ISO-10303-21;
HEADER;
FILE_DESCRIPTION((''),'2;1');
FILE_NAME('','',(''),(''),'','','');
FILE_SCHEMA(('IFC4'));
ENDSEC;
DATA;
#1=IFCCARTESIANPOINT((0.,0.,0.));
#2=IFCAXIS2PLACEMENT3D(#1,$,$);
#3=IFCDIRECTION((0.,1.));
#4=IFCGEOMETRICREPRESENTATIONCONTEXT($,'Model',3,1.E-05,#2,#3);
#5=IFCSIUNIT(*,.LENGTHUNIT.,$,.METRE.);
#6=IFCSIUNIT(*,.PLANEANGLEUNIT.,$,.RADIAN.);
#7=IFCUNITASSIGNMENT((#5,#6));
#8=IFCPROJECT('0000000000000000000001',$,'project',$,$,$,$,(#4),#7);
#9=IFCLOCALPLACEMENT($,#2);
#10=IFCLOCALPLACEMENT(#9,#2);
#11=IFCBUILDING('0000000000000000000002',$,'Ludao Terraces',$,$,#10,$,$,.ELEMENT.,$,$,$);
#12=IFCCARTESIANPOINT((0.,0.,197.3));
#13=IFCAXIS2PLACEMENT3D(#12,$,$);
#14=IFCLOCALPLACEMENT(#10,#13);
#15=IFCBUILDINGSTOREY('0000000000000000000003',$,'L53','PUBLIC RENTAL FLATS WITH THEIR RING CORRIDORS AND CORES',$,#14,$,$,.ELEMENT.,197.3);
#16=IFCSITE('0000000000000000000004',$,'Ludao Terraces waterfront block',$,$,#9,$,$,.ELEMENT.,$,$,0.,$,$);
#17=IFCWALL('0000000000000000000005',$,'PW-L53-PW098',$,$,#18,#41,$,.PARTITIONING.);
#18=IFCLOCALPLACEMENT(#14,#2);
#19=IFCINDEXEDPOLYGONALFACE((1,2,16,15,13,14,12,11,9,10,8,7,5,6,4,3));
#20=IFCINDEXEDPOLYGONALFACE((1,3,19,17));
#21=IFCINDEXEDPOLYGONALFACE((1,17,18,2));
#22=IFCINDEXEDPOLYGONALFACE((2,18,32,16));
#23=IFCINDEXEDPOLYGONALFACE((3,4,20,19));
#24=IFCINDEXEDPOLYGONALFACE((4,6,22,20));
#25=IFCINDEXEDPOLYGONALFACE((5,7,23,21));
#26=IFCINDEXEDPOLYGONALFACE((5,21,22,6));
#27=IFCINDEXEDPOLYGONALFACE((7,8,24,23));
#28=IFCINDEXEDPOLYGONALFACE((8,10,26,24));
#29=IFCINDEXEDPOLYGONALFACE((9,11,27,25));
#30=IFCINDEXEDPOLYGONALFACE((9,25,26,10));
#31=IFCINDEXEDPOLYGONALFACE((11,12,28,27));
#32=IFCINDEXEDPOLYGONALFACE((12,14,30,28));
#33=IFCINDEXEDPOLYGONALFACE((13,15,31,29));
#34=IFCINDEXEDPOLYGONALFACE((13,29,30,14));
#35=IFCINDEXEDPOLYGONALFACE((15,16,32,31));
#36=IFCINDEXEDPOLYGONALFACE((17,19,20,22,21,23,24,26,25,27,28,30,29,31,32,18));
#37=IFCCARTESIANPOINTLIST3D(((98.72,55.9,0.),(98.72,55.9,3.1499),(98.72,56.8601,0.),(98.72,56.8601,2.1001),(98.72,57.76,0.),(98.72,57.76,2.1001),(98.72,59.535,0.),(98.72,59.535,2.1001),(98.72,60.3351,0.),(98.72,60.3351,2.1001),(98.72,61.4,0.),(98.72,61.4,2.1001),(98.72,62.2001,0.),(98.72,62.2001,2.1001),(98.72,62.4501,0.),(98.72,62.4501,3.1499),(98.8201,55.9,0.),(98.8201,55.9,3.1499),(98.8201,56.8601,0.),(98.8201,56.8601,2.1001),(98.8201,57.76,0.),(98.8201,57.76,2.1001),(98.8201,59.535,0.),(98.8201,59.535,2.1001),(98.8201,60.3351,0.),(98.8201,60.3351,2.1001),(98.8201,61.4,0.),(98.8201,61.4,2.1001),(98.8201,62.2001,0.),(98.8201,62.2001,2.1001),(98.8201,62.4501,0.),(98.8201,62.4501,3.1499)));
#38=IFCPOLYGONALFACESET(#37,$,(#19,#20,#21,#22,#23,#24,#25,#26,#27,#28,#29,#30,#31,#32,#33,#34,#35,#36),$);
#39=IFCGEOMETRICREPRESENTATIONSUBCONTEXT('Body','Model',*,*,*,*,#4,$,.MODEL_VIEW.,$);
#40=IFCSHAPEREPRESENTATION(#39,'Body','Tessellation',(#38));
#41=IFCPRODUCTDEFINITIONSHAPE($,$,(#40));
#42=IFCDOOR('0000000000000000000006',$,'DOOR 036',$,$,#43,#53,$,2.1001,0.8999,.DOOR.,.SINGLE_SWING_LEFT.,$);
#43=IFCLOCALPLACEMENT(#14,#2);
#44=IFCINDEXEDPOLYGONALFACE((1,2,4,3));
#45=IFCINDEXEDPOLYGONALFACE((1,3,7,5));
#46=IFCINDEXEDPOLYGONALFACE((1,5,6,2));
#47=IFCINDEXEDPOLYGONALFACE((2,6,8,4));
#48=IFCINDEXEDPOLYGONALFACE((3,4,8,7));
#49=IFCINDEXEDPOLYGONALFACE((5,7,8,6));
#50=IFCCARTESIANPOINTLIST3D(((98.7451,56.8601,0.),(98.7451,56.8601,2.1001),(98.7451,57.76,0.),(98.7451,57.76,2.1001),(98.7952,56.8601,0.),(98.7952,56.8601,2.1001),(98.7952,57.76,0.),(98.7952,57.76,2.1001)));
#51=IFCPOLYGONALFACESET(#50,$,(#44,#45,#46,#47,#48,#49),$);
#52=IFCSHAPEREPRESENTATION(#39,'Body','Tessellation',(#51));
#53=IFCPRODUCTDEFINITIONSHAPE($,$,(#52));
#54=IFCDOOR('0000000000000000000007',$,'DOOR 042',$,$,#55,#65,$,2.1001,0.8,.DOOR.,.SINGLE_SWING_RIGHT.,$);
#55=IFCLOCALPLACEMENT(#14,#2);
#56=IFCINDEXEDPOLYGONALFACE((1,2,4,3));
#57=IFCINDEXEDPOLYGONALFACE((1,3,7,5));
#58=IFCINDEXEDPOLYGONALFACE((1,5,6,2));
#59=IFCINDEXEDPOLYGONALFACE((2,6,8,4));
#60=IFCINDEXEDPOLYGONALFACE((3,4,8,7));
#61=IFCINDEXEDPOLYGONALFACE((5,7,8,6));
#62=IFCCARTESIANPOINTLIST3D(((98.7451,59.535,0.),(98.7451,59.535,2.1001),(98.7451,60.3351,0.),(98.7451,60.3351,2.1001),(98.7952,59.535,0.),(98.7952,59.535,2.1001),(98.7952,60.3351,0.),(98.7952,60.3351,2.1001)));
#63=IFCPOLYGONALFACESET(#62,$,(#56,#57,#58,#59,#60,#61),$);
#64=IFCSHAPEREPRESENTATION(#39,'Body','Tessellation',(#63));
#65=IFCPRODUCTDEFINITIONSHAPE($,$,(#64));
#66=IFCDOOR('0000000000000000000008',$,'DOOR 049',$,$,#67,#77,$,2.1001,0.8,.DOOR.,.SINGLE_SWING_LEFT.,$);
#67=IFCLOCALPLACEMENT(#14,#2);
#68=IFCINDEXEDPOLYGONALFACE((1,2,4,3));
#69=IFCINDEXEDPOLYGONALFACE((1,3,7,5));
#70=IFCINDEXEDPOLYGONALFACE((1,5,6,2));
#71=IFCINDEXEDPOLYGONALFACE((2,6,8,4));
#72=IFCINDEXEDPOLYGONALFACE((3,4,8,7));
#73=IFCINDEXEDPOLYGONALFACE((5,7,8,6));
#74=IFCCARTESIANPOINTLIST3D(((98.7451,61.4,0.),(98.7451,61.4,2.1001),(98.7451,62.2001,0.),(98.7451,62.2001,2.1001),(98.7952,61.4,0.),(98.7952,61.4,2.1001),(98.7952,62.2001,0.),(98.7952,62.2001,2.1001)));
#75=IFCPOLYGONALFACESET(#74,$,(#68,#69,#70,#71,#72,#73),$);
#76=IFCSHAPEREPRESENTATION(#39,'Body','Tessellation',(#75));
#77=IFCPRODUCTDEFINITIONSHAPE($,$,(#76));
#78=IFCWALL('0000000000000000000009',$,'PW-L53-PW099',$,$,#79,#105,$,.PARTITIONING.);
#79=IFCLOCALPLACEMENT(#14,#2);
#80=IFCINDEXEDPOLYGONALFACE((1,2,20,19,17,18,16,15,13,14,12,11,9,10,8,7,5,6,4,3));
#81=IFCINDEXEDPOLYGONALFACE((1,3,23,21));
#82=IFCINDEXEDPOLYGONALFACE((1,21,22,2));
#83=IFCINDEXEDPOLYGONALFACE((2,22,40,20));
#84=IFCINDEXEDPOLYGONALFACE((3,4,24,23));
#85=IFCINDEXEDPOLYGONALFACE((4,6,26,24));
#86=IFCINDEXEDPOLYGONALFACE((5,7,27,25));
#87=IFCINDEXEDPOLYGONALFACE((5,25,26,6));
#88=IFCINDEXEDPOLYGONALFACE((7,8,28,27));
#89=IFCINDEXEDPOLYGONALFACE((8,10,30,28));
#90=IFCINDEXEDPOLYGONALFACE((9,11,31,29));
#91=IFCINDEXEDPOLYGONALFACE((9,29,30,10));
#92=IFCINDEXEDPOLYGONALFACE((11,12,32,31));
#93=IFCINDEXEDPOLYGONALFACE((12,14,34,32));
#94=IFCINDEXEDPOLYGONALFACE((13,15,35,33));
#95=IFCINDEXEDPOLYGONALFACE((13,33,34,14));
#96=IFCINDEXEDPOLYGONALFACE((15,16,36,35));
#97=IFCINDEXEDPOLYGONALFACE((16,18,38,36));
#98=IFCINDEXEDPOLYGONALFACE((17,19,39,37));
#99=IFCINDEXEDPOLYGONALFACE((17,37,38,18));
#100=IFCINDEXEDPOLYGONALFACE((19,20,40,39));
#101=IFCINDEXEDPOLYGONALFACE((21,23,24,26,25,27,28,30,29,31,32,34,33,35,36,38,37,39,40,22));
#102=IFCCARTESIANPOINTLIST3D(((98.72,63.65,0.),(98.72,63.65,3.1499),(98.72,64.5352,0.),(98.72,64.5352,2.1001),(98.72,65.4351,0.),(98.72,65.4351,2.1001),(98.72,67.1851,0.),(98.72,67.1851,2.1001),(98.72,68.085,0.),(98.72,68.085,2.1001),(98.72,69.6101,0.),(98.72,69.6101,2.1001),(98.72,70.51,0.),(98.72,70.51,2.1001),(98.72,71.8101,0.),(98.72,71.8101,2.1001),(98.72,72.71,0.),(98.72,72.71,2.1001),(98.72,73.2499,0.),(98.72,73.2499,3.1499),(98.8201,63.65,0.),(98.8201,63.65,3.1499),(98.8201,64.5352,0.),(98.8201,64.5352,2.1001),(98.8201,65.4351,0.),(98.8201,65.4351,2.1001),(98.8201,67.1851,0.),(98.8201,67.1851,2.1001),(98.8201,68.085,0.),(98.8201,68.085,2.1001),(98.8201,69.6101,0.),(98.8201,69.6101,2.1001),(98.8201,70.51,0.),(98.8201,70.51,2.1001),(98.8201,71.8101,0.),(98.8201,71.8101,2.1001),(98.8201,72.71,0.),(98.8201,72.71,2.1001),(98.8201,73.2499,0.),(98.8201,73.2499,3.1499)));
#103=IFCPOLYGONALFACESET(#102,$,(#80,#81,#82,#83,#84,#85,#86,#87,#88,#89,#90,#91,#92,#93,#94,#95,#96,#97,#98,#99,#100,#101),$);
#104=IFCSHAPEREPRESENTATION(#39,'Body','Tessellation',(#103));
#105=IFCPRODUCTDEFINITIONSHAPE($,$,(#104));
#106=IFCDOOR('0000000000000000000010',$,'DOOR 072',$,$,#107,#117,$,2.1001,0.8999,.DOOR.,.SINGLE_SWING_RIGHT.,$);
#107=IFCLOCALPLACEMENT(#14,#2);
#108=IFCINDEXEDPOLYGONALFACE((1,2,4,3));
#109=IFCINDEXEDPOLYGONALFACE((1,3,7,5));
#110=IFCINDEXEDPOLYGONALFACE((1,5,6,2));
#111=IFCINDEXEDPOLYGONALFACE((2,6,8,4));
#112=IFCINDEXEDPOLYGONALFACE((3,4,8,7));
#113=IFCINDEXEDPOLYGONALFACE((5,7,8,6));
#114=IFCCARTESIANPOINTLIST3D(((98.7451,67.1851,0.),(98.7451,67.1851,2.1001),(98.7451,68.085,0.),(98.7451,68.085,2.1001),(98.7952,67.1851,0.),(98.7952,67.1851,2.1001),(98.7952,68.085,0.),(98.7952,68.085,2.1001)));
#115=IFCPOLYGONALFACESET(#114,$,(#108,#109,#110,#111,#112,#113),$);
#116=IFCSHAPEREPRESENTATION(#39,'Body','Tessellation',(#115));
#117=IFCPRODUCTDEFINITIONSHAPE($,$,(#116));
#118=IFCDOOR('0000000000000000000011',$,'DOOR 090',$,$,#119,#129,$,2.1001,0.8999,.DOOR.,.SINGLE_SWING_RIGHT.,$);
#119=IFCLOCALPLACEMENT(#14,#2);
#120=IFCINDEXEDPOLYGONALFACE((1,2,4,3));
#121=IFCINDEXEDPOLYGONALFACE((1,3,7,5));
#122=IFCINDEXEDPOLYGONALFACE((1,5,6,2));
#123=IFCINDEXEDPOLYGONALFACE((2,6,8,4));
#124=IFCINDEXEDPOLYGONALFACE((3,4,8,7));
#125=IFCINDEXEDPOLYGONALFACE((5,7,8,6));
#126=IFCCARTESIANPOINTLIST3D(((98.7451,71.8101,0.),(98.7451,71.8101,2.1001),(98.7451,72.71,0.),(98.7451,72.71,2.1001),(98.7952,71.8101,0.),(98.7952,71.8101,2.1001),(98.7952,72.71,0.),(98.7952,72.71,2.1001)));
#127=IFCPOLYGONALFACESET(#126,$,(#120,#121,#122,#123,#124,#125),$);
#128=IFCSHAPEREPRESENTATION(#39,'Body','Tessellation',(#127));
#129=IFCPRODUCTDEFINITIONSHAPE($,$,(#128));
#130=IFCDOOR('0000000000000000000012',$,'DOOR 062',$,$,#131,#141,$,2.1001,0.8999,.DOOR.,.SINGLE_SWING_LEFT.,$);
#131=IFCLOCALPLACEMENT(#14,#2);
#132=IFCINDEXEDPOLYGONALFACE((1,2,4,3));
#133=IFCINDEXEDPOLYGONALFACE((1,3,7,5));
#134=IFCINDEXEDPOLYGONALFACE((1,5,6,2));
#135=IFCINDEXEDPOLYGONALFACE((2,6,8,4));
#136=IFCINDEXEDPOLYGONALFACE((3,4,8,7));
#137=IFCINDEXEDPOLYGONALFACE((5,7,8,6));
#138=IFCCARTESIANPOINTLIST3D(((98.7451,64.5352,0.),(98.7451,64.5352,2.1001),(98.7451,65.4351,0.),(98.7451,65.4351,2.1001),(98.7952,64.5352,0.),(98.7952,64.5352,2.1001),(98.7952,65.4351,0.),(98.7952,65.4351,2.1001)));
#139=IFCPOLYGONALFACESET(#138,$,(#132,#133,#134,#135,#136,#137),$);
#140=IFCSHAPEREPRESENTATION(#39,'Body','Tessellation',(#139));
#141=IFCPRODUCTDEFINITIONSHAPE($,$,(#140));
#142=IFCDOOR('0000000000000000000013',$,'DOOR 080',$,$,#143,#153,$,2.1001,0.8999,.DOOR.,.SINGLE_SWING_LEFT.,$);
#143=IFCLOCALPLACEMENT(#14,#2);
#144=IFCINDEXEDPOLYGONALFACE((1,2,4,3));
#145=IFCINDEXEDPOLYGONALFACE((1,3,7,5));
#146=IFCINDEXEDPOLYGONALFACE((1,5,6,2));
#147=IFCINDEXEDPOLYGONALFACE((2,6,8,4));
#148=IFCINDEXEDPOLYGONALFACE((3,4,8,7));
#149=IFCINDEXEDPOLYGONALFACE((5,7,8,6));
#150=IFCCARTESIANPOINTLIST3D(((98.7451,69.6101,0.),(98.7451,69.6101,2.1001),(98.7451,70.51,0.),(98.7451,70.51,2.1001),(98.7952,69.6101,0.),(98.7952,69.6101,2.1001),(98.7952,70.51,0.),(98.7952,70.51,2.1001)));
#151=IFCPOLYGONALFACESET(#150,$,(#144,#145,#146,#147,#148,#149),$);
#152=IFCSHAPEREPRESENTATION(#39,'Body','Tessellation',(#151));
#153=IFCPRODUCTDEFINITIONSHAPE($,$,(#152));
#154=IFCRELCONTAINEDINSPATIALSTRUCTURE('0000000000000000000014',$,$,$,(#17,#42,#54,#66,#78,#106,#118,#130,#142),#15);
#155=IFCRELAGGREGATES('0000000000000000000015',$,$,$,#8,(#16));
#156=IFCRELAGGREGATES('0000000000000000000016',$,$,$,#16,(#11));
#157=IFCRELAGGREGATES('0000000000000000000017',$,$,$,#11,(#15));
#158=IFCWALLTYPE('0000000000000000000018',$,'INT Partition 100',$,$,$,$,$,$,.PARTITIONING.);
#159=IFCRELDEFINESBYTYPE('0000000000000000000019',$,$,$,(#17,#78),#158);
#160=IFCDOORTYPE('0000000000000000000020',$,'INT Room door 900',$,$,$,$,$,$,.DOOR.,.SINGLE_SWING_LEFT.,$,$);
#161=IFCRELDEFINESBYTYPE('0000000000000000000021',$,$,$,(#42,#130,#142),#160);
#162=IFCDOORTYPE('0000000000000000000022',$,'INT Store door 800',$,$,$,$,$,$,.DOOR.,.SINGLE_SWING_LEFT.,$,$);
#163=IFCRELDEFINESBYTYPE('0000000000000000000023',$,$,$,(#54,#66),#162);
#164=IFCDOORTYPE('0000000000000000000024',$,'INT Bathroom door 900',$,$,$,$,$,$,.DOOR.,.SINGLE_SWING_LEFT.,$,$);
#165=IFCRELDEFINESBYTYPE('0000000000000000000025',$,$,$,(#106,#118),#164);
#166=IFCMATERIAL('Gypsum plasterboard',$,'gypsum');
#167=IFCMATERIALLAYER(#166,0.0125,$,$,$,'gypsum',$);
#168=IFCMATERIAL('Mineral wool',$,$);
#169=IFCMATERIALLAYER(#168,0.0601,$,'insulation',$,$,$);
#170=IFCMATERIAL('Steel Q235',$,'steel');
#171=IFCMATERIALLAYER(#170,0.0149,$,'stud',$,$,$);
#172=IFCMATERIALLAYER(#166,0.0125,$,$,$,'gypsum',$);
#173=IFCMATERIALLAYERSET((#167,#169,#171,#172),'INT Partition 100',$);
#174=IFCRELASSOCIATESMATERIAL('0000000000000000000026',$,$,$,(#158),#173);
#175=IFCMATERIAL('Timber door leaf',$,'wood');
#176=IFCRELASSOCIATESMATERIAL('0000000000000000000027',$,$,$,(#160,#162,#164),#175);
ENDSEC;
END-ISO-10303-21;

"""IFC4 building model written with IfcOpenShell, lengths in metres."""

from ifc_helpers import new_model, si_unit, direction, frame, frame_2d, origin, place, context, subcontext, project, spatial, rectangle, extrude, material, layer, layer_set, type_object, element, fill, save


model = new_model("IFC4")

# Units and contexts
model_context = context("Model", 3, precision=1e-05, world=origin(), true_north=direction((0.0, 1.0)))
body_context = subcontext(model_context, "Body", "Model", "MODEL_VIEW")
ifc_project = project(units=[si_unit("LENGTHUNIT", "METRE"), si_unit("PLANEANGLEUNIT", "RADIAN")], contexts=[model_context])

# Site, building, storey
site_placement = place(None, origin())
site = spatial("IfcSite", under=ifc_project, at=site_placement, Name="Ludao Terraces waterfront block", CompositionType="ELEMENT", RefElevation=0.0)
building_placement = place(site_placement, origin())
building = spatial("IfcBuilding", under=site, at=building_placement, Name="Ludao Terraces", CompositionType="ELEMENT")
storey_placement = place(building_placement, frame((0.0, 0.0, 197.3)))
storey = spatial("IfcBuildingStorey", under=building, at=storey_placement, Name="L53", Description="PUBLIC RENTAL FLATS WITH THEIR RING CORRIDORS AND CORES", CompositionType="ELEMENT", Elevation=197.3)

# Shared definitions
ifc_material_1 = material(Name="Mineral wool")

# Shared definitions
ifc_material_2 = material(Name="Gypsum plasterboard", Category="gypsum")
ifc_layer_1 = layer(ifc_material_2, 0.0125, Category="gypsum")
ifc_layer_2 = layer(ifc_material_1, 0.0601, Name="insulation")
ifc_material_3 = material(Name="Steel Q235", Category="steel")
ifc_layer_3 = layer(ifc_material_3, 0.0149, Name="stud")
ifc_layer_4 = layer(ifc_material_2, 0.0125, Category="gypsum")
ifc_layer_set_1 = layer_set([ifc_layer_1, ifc_layer_2, ifc_layer_3, ifc_layer_4], Name="INT Partition 100")
wall_type_1 = type_object("IfcWallType", Name="INT Partition 100", PredefinedType="PARTITIONING", material=ifc_layer_set_1)

# Walls, openings, doors
wall_1_placement = place(storey_placement, frame((98.77, 55.9001, 0.0), z_axis=(0.0, 0.0, 1.0), x_axis=(0.0, 1.0, 0.0)))
wall_1 = element("IfcWall", 1, at=wall_1_placement, inside=storey, type_object=wall_type_1, Name="PW-L53-PW098", PredefinedType="PARTITIONING", context=body_context, shape_type="SweptSolid", body=[
    extrude(rectangle(XDim=6.55, YDim=0.1001, at=frame_2d((3.2749, 0.0))), origin(), (0.0, 0.0, 1.0), 3.1499),
])
opening_1_placement = place(wall_1_placement, frame((0.96, 0.0, 0.0)))
opening_1 = element("IfcOpeningElement", 2, at=opening_1_placement, cuts=wall_1, PredefinedType="OPENING", context=body_context, shape_type="SweptSolid", body=[
    extrude(rectangle(XDim=0.8999, YDim=2.1001, at=frame_2d((0.45, 1.05))), frame((0.0, 0.0601, 0.0), z_axis=(0.0, -1.0, 0.0), x_axis=(1.0, 0.0, 0.0)), (0.0, 0.0, 1.0), 0.1201),
])
opening_2_placement = place(wall_1_placement, frame((3.635, 0.0, 0.0)))
opening_2 = element("IfcOpeningElement", 3, at=opening_2_placement, cuts=wall_1, PredefinedType="OPENING", context=body_context, shape_type="SweptSolid", body=[
    extrude(rectangle(XDim=0.8, YDim=2.1001, at=frame_2d((0.3999, 1.05))), frame((0.0, 0.0601, 0.0), z_axis=(0.0, -1.0, 0.0), x_axis=(1.0, 0.0, 0.0)), (0.0, 0.0, 1.0), 0.1201),
])
opening_3_placement = place(wall_1_placement, frame((5.5, 0.0, 0.0)))
opening_3 = element("IfcOpeningElement", 4, at=opening_3_placement, cuts=wall_1, PredefinedType="OPENING", context=body_context, shape_type="SweptSolid", body=[
    extrude(rectangle(XDim=0.8, YDim=2.1001, at=frame_2d((0.3999, 1.05))), frame((0.0, 0.0601, 0.0), z_axis=(0.0, -1.0, 0.0), x_axis=(1.0, 0.0, 0.0)), (0.0, 0.0, 1.0), 0.1201),
])
ifc_material_4 = material(Name="Timber door leaf", Category="wood")
door_type_1 = type_object("IfcDoorType", Name="INT Room door 900", OperationType="SINGLE_SWING_LEFT", PredefinedType="DOOR", material=ifc_material_4)
door_1_placement = place(opening_1_placement, origin())
door_1 = element("IfcDoor", 5, at=door_1_placement, inside=storey, type_object=door_type_1, Name="DOOR 036", OperationType="SINGLE_SWING_LEFT", OverallHeight=2.1001, OverallWidth=0.8999, PredefinedType="DOOR", context=body_context, shape_type="SweptSolid", body=[
    extrude(rectangle(XDim=0.8999, YDim=2.1001, at=frame_2d((0.45, 1.05))), frame((0.0, 0.0249, 0.0), z_axis=(0.0, -1.0, 0.0), x_axis=(1.0, 0.0, 0.0)), (0.0, 0.0, 1.0), 0.05),
])
fill(opening_1, door_1)
door_type_2 = type_object("IfcDoorType", Name="INT Store door 800", OperationType="SINGLE_SWING_LEFT", PredefinedType="DOOR", material=ifc_material_4)
door_2_placement = place(opening_2_placement, origin())
door_2 = element("IfcDoor", 6, at=door_2_placement, inside=storey, type_object=door_type_2, Name="DOOR 042", OperationType="SINGLE_SWING_RIGHT", OverallHeight=2.1001, OverallWidth=0.8, PredefinedType="DOOR", context=body_context, shape_type="SweptSolid", body=[
    extrude(rectangle(XDim=0.8, YDim=2.1001, at=frame_2d((0.3999, 1.05))), frame((0.0, 0.0249, 0.0), z_axis=(0.0, -1.0, 0.0), x_axis=(1.0, 0.0, 0.0)), (0.0, 0.0, 1.0), 0.05),
])
fill(opening_2, door_2)
door_3_placement = place(opening_3_placement, origin())
door_3 = element("IfcDoor", 7, at=door_3_placement, inside=storey, type_object=door_type_2, Name="DOOR 049", OperationType="SINGLE_SWING_LEFT", OverallHeight=2.1001, OverallWidth=0.8, PredefinedType="DOOR", context=body_context, shape_type="SweptSolid", body=[
    extrude(rectangle(XDim=0.8, YDim=2.1001, at=frame_2d((0.3999, 1.05))), frame((0.0, 0.0249, 0.0), z_axis=(0.0, -1.0, 0.0), x_axis=(1.0, 0.0, 0.0)), (0.0, 0.0, 1.0), 0.05),
])
fill(opening_3, door_3)
wall_2_placement = place(storey_placement, frame((98.77, 63.6501, 0.0), z_axis=(0.0, 0.0, 1.0), x_axis=(0.0, 1.0, 0.0)))
wall_2 = element("IfcWall", 8, at=wall_2_placement, inside=storey, type_object=wall_type_1, Name="PW-L53-PW099", PredefinedType="PARTITIONING", context=body_context, shape_type="SweptSolid", body=[
    extrude(rectangle(XDim=9.5999, YDim=0.1001, at=frame_2d((4.7998, 0.0))), origin(), (0.0, 0.0, 1.0), 3.1499),
])
opening_4_placement = place(wall_2_placement, frame((0.885, 0.0, 0.0)))
opening_4 = element("IfcOpeningElement", 9, at=opening_4_placement, cuts=wall_2, PredefinedType="OPENING", context=body_context, shape_type="SweptSolid", body=[
    extrude(rectangle(XDim=0.8999, YDim=2.1001, at=frame_2d((0.45, 1.05))), frame((0.0, 0.0601, 0.0), z_axis=(0.0, -1.0, 0.0), x_axis=(1.0, 0.0, 0.0)), (0.0, 0.0, 1.0), 0.1201),
])
opening_5_placement = place(wall_2_placement, frame((3.5349, 0.0, 0.0)))
opening_5 = element("IfcOpeningElement", 10, at=opening_5_placement, cuts=wall_2, PredefinedType="OPENING", context=body_context, shape_type="SweptSolid", body=[
    extrude(rectangle(XDim=0.8999, YDim=2.1001, at=frame_2d((0.45, 1.05))), frame((0.0, 0.0601, 0.0), z_axis=(0.0, -1.0, 0.0), x_axis=(1.0, 0.0, 0.0)), (0.0, 0.0, 1.0), 0.1201),
])
opening_6_placement = place(wall_2_placement, frame((5.96, 0.0, 0.0)))
opening_6 = element("IfcOpeningElement", 11, at=opening_6_placement, cuts=wall_2, PredefinedType="OPENING", context=body_context, shape_type="SweptSolid", body=[
    extrude(rectangle(XDim=0.8999, YDim=2.1001, at=frame_2d((0.45, 1.05))), frame((0.0, 0.0601, 0.0), z_axis=(0.0, -1.0, 0.0), x_axis=(1.0, 0.0, 0.0)), (0.0, 0.0, 1.0), 0.1201),
])
opening_7_placement = place(wall_2_placement, frame((8.1599, 0.0, 0.0)))
opening_7 = element("IfcOpeningElement", 12, at=opening_7_placement, cuts=wall_2, PredefinedType="OPENING", context=body_context, shape_type="SweptSolid", body=[
    extrude(rectangle(XDim=0.8999, YDim=2.1001, at=frame_2d((0.45, 1.05))), frame((0.0, 0.0601, 0.0), z_axis=(0.0, -1.0, 0.0), x_axis=(1.0, 0.0, 0.0)), (0.0, 0.0, 1.0), 0.1201),
])
door_type_3 = type_object("IfcDoorType", Name="INT Bathroom door 900", OperationType="SINGLE_SWING_LEFT", PredefinedType="DOOR", material=ifc_material_4)
door_4_placement = place(opening_5_placement, origin())
door_4 = element("IfcDoor", 13, at=door_4_placement, inside=storey, type_object=door_type_3, Name="DOOR 072", OperationType="SINGLE_SWING_RIGHT", OverallHeight=2.1001, OverallWidth=0.8999, PredefinedType="DOOR", context=body_context, shape_type="SweptSolid", body=[
    extrude(rectangle(XDim=0.8999, YDim=2.1001, at=frame_2d((0.45, 1.05))), frame((0.0, 0.0249, 0.0), z_axis=(0.0, -1.0, 0.0), x_axis=(1.0, 0.0, 0.0)), (0.0, 0.0, 1.0), 0.05),
])
fill(opening_5, door_4)
door_5_placement = place(opening_7_placement, origin())
door_5 = element("IfcDoor", 14, at=door_5_placement, inside=storey, type_object=door_type_3, Name="DOOR 090", OperationType="SINGLE_SWING_RIGHT", OverallHeight=2.1001, OverallWidth=0.8999, PredefinedType="DOOR", context=body_context, shape_type="SweptSolid", body=[
    extrude(rectangle(XDim=0.8999, YDim=2.1001, at=frame_2d((0.45, 1.05))), frame((0.0, 0.0249, 0.0), z_axis=(0.0, -1.0, 0.0), x_axis=(1.0, 0.0, 0.0)), (0.0, 0.0, 1.0), 0.05),
])
fill(opening_7, door_5)
door_6_placement = place(opening_4_placement, origin())
door_6 = element("IfcDoor", 15, at=door_6_placement, inside=storey, type_object=door_type_1, Name="DOOR 062", OperationType="SINGLE_SWING_LEFT", OverallHeight=2.1001, OverallWidth=0.8999, PredefinedType="DOOR", context=body_context, shape_type="SweptSolid", body=[
    extrude(rectangle(XDim=0.8999, YDim=2.1001, at=frame_2d((0.45, 1.05))), frame((0.0, 0.0249, 0.0), z_axis=(0.0, -1.0, 0.0), x_axis=(1.0, 0.0, 0.0)), (0.0, 0.0, 1.0), 0.05),
])
fill(opening_4, door_6)
door_7_placement = place(opening_6_placement, origin())
door_7 = element("IfcDoor", 16, at=door_7_placement, inside=storey, type_object=door_type_1, Name="DOOR 080", OperationType="SINGLE_SWING_LEFT", OverallHeight=2.1001, OverallWidth=0.8999, PredefinedType="DOOR", context=body_context, shape_type="SweptSolid", body=[
    extrude(rectangle(XDim=0.8999, YDim=2.1001, at=frame_2d((0.45, 1.05))), frame((0.0, 0.0249, 0.0), z_axis=(0.0, -1.0, 0.0), x_axis=(1.0, 0.0, 0.0)), (0.0, 0.0, 1.0), 0.05),
])
fill(opening_6, door_7)

save(model, "model.ifc")
